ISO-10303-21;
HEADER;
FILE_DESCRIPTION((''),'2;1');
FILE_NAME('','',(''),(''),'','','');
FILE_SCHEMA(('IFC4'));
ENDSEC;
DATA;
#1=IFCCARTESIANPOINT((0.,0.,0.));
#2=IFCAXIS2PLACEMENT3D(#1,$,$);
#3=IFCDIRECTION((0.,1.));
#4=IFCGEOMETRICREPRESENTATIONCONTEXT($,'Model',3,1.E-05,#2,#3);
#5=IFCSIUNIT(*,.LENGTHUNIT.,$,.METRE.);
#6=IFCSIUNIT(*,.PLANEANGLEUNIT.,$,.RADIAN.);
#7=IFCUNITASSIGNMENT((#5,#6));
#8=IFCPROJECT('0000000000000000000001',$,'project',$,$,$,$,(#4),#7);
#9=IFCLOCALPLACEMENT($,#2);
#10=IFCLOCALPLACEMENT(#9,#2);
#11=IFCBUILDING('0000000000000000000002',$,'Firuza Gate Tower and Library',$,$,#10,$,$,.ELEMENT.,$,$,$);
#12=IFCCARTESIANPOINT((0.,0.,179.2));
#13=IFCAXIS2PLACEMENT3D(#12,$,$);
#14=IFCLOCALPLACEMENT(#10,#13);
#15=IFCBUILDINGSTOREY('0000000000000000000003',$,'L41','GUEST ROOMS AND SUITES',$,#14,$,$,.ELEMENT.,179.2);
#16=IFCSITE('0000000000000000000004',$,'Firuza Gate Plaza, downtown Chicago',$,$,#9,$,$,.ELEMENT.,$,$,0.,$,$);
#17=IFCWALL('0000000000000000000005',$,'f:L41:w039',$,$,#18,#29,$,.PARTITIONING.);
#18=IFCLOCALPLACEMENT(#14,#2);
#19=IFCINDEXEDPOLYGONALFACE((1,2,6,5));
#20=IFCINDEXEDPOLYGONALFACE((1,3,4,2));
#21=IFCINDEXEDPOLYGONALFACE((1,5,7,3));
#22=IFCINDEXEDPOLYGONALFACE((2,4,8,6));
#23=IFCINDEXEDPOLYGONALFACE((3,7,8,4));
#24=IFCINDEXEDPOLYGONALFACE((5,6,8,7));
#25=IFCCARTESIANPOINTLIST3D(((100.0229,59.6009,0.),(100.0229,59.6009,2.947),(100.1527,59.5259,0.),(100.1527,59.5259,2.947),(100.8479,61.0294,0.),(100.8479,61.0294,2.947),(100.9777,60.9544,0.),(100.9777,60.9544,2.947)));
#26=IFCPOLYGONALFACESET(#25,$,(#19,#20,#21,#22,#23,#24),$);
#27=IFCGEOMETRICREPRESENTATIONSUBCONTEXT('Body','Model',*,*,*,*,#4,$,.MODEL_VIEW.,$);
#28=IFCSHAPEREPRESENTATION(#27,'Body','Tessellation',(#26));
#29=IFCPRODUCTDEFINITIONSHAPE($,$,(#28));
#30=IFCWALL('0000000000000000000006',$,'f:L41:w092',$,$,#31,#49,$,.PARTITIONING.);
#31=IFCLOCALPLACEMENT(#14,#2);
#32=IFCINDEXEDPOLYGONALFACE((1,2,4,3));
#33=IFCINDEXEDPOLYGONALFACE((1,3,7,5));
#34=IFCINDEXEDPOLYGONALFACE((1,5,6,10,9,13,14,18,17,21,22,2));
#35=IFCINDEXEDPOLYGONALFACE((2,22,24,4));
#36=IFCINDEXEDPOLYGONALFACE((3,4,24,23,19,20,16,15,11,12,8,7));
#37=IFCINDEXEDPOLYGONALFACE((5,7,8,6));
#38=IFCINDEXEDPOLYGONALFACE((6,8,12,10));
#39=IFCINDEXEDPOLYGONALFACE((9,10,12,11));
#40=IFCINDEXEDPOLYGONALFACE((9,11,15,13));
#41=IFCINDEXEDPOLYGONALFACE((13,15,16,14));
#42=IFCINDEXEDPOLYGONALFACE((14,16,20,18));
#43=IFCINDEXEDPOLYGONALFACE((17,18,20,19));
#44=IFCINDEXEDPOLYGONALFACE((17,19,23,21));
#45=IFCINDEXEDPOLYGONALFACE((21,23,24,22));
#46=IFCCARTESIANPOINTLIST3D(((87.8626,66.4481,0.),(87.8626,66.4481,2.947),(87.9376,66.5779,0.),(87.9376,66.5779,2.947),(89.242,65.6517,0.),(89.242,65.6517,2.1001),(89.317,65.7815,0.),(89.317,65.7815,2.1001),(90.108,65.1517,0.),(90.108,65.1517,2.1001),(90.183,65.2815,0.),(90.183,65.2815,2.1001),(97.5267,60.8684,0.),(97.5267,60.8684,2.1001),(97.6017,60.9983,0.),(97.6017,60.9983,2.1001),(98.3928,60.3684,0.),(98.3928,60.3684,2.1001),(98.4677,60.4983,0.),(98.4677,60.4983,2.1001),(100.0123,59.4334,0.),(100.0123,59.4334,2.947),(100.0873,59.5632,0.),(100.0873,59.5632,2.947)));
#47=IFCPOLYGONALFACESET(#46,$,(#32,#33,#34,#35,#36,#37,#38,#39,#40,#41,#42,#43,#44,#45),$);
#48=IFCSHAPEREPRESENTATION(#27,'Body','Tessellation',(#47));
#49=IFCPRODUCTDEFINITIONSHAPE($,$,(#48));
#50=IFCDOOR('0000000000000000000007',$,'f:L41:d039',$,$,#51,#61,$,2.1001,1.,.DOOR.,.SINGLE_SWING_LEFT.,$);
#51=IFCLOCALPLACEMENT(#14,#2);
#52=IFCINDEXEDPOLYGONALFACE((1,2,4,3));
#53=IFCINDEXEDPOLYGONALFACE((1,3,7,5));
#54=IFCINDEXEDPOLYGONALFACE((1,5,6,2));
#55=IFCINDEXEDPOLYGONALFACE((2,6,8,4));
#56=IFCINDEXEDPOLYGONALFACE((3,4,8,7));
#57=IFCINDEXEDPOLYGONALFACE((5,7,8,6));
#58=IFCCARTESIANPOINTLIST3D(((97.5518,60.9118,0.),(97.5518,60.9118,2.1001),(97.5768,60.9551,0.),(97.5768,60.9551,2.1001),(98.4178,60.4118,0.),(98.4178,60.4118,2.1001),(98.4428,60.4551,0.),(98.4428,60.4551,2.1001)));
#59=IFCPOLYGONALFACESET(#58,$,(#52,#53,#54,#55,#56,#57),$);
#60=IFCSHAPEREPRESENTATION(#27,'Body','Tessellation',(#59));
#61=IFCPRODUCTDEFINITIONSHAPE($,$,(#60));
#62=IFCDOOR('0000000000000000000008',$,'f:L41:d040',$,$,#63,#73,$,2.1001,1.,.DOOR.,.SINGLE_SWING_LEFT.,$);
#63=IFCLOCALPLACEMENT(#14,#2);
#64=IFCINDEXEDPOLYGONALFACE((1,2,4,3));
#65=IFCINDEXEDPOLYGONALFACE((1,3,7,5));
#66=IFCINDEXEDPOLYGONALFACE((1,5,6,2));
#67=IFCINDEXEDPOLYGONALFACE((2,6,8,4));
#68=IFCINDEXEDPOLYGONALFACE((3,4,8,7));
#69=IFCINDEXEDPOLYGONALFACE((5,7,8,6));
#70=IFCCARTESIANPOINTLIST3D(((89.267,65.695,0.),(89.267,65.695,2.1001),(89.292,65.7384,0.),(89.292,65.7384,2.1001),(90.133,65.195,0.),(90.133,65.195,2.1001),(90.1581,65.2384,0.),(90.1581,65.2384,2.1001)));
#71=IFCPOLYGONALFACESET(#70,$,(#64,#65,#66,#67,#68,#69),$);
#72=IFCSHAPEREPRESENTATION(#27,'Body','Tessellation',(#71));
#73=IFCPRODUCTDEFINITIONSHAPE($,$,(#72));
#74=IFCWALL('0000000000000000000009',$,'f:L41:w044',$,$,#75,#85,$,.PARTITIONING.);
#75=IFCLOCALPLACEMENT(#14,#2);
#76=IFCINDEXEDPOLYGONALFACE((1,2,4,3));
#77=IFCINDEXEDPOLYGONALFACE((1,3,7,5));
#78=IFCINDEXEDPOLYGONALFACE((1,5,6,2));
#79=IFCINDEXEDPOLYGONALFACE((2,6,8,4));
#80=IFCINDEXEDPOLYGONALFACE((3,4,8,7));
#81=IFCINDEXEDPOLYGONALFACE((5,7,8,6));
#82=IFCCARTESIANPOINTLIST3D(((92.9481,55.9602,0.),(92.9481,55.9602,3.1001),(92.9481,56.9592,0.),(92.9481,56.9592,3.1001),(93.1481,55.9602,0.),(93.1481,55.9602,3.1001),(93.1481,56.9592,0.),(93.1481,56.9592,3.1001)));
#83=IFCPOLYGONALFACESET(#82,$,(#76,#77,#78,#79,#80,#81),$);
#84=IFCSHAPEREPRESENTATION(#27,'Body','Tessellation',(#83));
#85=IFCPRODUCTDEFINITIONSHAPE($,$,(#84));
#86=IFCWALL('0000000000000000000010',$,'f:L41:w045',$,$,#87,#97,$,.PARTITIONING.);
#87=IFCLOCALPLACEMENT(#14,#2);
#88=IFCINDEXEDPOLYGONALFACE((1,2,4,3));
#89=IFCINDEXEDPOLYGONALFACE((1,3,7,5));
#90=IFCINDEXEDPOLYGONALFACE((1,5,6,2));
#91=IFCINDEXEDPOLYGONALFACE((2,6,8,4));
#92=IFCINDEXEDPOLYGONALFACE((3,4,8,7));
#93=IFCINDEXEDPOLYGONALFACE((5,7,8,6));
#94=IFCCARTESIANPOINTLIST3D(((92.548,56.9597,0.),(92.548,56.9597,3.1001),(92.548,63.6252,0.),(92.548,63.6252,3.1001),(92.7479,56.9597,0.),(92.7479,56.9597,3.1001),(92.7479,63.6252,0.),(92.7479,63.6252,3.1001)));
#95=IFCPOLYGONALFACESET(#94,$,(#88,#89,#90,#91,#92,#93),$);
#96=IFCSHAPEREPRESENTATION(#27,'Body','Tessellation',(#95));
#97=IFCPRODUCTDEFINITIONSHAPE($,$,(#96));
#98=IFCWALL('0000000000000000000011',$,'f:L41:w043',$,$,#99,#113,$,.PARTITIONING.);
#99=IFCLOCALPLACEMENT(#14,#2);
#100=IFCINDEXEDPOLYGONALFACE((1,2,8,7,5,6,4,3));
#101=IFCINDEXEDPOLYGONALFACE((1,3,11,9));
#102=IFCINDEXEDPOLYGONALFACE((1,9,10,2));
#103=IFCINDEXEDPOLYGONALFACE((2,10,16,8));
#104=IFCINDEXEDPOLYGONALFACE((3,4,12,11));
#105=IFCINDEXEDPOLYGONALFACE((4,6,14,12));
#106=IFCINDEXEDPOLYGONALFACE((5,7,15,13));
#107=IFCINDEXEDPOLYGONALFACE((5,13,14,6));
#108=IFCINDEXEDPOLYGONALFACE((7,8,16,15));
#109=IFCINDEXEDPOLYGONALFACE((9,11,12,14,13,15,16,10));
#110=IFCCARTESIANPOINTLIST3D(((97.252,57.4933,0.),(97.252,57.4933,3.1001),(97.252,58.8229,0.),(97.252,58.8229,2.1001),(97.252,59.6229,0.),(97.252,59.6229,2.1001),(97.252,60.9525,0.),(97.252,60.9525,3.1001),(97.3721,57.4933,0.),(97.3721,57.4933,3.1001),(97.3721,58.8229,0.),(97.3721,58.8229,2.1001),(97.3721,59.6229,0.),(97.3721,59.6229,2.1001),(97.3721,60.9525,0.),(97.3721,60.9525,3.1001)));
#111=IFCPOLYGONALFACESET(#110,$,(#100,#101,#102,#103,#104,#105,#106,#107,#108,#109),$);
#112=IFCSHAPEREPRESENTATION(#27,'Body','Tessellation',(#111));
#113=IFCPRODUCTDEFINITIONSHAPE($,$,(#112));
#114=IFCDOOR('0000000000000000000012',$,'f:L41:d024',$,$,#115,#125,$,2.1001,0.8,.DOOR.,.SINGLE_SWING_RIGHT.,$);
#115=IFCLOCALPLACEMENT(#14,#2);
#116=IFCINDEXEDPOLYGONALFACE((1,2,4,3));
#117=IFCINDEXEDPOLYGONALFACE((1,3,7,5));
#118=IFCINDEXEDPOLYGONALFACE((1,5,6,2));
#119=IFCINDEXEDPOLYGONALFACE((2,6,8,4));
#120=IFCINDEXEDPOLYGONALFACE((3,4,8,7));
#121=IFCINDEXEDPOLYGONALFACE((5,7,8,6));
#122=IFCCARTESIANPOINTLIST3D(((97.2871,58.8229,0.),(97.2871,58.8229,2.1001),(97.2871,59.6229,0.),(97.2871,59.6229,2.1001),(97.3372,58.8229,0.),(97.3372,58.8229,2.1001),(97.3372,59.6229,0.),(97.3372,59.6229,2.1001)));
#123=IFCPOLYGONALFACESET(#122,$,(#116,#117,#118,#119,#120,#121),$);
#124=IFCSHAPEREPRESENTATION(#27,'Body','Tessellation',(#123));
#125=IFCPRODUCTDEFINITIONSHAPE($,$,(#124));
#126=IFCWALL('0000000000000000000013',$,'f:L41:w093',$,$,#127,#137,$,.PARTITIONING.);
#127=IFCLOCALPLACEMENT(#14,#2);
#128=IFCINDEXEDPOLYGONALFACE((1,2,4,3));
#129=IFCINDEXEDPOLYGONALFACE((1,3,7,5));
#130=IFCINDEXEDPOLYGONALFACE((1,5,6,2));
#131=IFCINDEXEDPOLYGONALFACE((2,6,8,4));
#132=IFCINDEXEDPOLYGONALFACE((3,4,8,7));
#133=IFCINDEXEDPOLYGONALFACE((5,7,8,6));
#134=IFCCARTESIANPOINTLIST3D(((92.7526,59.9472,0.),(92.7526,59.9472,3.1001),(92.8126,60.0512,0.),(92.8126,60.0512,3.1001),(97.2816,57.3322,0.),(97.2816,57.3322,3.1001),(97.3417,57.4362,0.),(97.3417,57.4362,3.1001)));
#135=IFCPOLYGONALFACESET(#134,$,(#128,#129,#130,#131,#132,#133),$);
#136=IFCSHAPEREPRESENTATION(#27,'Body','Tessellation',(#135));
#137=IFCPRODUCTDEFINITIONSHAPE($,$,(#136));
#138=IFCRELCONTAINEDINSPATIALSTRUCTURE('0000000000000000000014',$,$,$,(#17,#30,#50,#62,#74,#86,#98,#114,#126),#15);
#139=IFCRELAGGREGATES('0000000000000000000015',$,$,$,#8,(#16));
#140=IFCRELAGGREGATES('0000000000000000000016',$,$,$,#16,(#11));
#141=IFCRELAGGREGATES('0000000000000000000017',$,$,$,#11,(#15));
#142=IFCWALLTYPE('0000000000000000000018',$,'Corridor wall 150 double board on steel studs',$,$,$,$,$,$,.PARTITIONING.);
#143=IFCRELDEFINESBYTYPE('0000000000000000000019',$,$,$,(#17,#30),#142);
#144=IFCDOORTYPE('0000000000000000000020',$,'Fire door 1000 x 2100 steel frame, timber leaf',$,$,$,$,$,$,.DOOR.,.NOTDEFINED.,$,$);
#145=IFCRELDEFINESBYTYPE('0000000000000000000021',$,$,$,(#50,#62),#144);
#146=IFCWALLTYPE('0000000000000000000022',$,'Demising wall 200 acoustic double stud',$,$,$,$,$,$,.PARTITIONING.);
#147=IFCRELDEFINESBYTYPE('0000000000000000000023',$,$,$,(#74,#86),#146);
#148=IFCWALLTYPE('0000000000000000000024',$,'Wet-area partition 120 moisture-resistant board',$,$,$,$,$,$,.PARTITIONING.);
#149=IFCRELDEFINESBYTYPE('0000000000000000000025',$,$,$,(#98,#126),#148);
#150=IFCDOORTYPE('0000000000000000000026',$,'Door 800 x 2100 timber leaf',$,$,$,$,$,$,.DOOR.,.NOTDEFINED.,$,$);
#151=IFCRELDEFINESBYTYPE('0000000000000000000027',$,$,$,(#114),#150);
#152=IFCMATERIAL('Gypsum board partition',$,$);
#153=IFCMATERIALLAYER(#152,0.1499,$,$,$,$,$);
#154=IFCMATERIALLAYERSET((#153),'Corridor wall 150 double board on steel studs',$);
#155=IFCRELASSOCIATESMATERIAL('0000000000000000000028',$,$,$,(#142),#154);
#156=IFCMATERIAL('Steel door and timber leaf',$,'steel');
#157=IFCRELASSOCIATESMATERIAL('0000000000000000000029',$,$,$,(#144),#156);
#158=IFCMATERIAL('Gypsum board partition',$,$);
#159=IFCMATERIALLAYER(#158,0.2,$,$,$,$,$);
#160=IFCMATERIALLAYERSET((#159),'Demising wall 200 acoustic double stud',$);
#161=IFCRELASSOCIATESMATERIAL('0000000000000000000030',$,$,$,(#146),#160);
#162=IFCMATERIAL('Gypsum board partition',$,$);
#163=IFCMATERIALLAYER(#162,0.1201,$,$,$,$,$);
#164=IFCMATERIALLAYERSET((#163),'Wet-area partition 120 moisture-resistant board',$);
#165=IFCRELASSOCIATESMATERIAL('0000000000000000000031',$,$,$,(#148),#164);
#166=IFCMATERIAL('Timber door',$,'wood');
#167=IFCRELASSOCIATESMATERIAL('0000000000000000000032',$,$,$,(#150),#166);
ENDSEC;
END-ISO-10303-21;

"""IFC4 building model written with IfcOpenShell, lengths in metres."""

from ifc_helpers import new_model, si_unit, direction, frame, frame_2d, origin, place, context, subcontext, project, spatial, rectangle, extrude, material, layer, layer_set, type_object, element, fill, save


model = new_model("IFC4")

# Units and contexts
model_context = context("Model", 3, precision=1e-05, world=origin(), true_north=direction((0.0, 1.0)))
body_context = subcontext(model_context, "Body", "Model", "MODEL_VIEW")
ifc_project = project(units=[si_unit("LENGTHUNIT", "METRE"), si_unit("PLANEANGLEUNIT", "RADIAN")], contexts=[model_context])

# Site, building, storey
site_placement = place(None, origin())
site = spatial("IfcSite", under=ifc_project, at=site_placement, Name="Firuza Gate Plaza, downtown Chicago", CompositionType="ELEMENT", RefElevation=0.0)
building_placement = place(site_placement, origin())
building = spatial("IfcBuilding", under=site, at=building_placement, Name="Firuza Gate Tower and Library", CompositionType="ELEMENT")
storey_placement = place(building_placement, frame((0.0, 0.0, 179.2)))
storey = spatial("IfcBuildingStorey", under=building, at=storey_placement, Name="L41", Description="GUEST ROOMS AND SUITES", CompositionType="ELEMENT", Elevation=179.2)

# Wall
ifc_material_1 = material(Name="Gypsum board partition")
ifc_layer_1 = layer(ifc_material_1, 0.1499)
ifc_layer_set_1 = layer_set([ifc_layer_1], Name="Corridor wall 150 double board on steel studs")
wall_type_1 = type_object("IfcWallType", Name="Corridor wall 150 double board on steel studs", PredefinedType="PARTITIONING", material=ifc_layer_set_1)
wall_1_placement = place(storey_placement, frame((100.0879, 59.5635, 0.0), z_axis=(0.0, 0.0, 1.0), x_axis=(0.500103, 0.865966, 0.0)))
element("IfcWall", 1, at=wall_1_placement, inside=storey, type_object=wall_type_1, Name="f:L41:w039", PredefinedType="PARTITIONING", context=body_context, shape_type="SweptSolid", body=[
    extrude(rectangle(XDim=1.6497, YDim=0.1499, at=frame_2d((0.8247, 0.0))), origin(), (0.0, 0.0, 1.0), 2.947),
])

# Wall, openings, doors
wall_2_placement = place(storey_placement, frame((100.0498, 59.4983, 0.0), z_axis=(0.0, 0.0, 1.0), x_axis=(-0.866024, 0.500002, 0.0)))
wall_2 = element("IfcWall", 2, at=wall_2_placement, inside=storey, type_object=wall_type_1, Name="f:L41:w092", PredefinedType="PARTITIONING", context=body_context, shape_type="SweptSolid", body=[
    extrude(rectangle(XDim=14.0293, YDim=0.1499, at=frame_2d((7.0146, 0.0))), origin(), (0.0, 0.0, 1.0), 2.947),
])
opening_1_placement = place(wall_2_placement, frame((1.8701, 0.0, 0.0)))
opening_1 = element("IfcOpeningElement", 3, at=opening_1_placement, cuts=wall_2, PredefinedType="OPENING", context=body_context, shape_type="SweptSolid", body=[
    extrude(rectangle(XDim=1.0, YDim=2.1001, at=frame_2d((0.5, 1.05))), frame((0.0, 0.085, 0.0), z_axis=(0.0, -1.0, 0.0), x_axis=(1.0, 0.0, 0.0)), (0.0, 0.0, 1.0), 0.1699),
])
opening_2_placement = place(wall_2_placement, frame((11.4365, 0.0, 0.0)))
opening_2 = element("IfcOpeningElement", 4, at=opening_2_placement, cuts=wall_2, PredefinedType="OPENING", context=body_context, shape_type="SweptSolid", body=[
    extrude(rectangle(XDim=1.0, YDim=2.1001, at=frame_2d((0.5, 1.05))), frame((0.0, 0.085, 0.0), z_axis=(0.0, -1.0, 0.0), x_axis=(1.0, 0.0, 0.0)), (0.0, 0.0, 1.0), 0.1699),
])
ifc_material_2 = material(Name="Steel door and timber leaf", Category="steel")
door_type_1 = type_object("IfcDoorType", Name="Fire door 1000 x 2100 steel frame, timber leaf", OperationType="NOTDEFINED", PredefinedType="DOOR", material=ifc_material_2)
door_1_placement = place(opening_1_placement, origin())
door_1 = element("IfcDoor", 5, at=door_1_placement, inside=storey, type_object=door_type_1, Name="f:L41:d039", OperationType="SINGLE_SWING_LEFT", OverallHeight=2.1001, OverallWidth=1.0, PredefinedType="DOOR", context=body_context, shape_type="SweptSolid", body=[
    extrude(rectangle(XDim=1.0, YDim=2.1001, at=frame_2d((0.5, 1.05))), frame((0.0, 0.0249, 0.0), z_axis=(0.0, -1.0, 0.0), x_axis=(1.0, 0.0, 0.0)), (0.0, 0.0, 1.0), 0.05),
])
fill(opening_1, door_1)
door_2_placement = place(opening_2_placement, origin())
door_2 = element("IfcDoor", 6, at=door_2_placement, inside=storey, type_object=door_type_1, Name="f:L41:d040", OperationType="SINGLE_SWING_LEFT", OverallHeight=2.1001, OverallWidth=1.0, PredefinedType="DOOR", context=body_context, shape_type="SweptSolid", body=[
    extrude(rectangle(XDim=1.0, YDim=2.1001, at=frame_2d((0.5, 1.05))), frame((0.0, 0.0249, 0.0), z_axis=(0.0, -1.0, 0.0), x_axis=(1.0, 0.0, 0.0)), (0.0, 0.0, 1.0), 0.05),
])
fill(opening_2, door_2)

# Walls
ifc_material_3 = material(Name="Gypsum board partition")
ifc_layer_2 = layer(ifc_material_3, 0.2)
ifc_layer_set_2 = layer_set([ifc_layer_2], Name="Demising wall 200 acoustic double stud")
wall_type_2 = type_object("IfcWallType", Name="Demising wall 200 acoustic double stud", PredefinedType="PARTITIONING", material=ifc_layer_set_2)
wall_3_placement = place(storey_placement, frame((93.0481, 55.9602, 0.0), z_axis=(0.0, 0.0, 1.0), x_axis=(0.0, 1.0, 0.0)))
element("IfcWall", 7, at=wall_3_placement, inside=storey, type_object=wall_type_2, Name="f:L41:w044", PredefinedType="PARTITIONING", context=body_context, shape_type="SweptSolid", body=[
    extrude(rectangle(XDim=0.999, YDim=0.2, at=frame_2d((0.4995, 0.0))), origin(), (0.0, 0.0, 1.0), 3.1001),
])
wall_4_placement = place(storey_placement, frame((92.6479, 56.9597, 0.0), z_axis=(0.0, 0.0, 1.0), x_axis=(0.0, 1.0, 0.0)))
element("IfcWall", 8, at=wall_4_placement, inside=storey, type_object=wall_type_2, Name="f:L41:w045", PredefinedType="PARTITIONING", context=body_context, shape_type="SweptSolid", body=[
    extrude(rectangle(XDim=6.6655, YDim=0.2, at=frame_2d((3.3328, 0.0))), origin(), (0.0, 0.0, 1.0), 3.1001),
])

# Wall, opening, door
ifc_material_4 = material(Name="Gypsum board partition")
ifc_layer_3 = layer(ifc_material_4, 0.1201)
ifc_layer_set_3 = layer_set([ifc_layer_3], Name="Wet-area partition 120 moisture-resistant board")
wall_type_3 = type_object("IfcWallType", Name="Wet-area partition 120 moisture-resistant board", PredefinedType="PARTITIONING", material=ifc_layer_set_3)
wall_5_placement = place(storey_placement, frame((97.312, 57.4934, 0.0), z_axis=(0.0, 0.0, 1.0), x_axis=(0.0, 1.0, 0.0)))
wall_5 = element("IfcWall", 9, at=wall_5_placement, inside=storey, type_object=wall_type_3, Name="f:L41:w043", PredefinedType="PARTITIONING", context=body_context, shape_type="SweptSolid", body=[
    extrude(rectangle(XDim=3.4592, YDim=0.1201, at=frame_2d((1.7295, 0.0))), origin(), (0.0, 0.0, 1.0), 3.1001),
])
opening_3_placement = place(wall_5_placement, frame((1.3296, 0.0, 0.0)))
opening_3 = element("IfcOpeningElement", 10, at=opening_3_placement, cuts=wall_5, PredefinedType="OPENING", context=body_context, shape_type="SweptSolid", body=[
    extrude(rectangle(XDim=0.8, YDim=2.1001, at=frame_2d((0.3999, 1.05))), frame((0.0, 0.0701, 0.0), z_axis=(0.0, -1.0, 0.0), x_axis=(1.0, 0.0, 0.0)), (0.0, 0.0, 1.0), 0.1401),
])
ifc_material_5 = material(Name="Timber door", Category="wood")
door_type_2 = type_object("IfcDoorType", Name="Door 800 x 2100 timber leaf", OperationType="NOTDEFINED", PredefinedType="DOOR", material=ifc_material_5)
door_3_placement = place(opening_3_placement, origin())
door_3 = element("IfcDoor", 11, at=door_3_placement, inside=storey, type_object=door_type_2, Name="f:L41:d024", OperationType="SINGLE_SWING_RIGHT", OverallHeight=2.1001, OverallWidth=0.8, PredefinedType="DOOR", context=body_context, shape_type="SweptSolid", body=[
    extrude(rectangle(XDim=0.8, YDim=2.1001, at=frame_2d((0.3999, 1.05))), frame((0.0, 0.0249, 0.0), z_axis=(0.0, -1.0, 0.0), x_axis=(1.0, 0.0, 0.0)), (0.0, 0.0, 1.0), 0.05),
])
fill(opening_3, door_3)

# Wall
wall_6_placement = place(storey_placement, frame((97.3115, 57.3843, 0.0), z_axis=(0.0, 0.0, 1.0), x_axis=(-0.866014, 0.50002, 0.0)))
element("IfcWall", 12, at=wall_6_placement, inside=storey, type_object=wall_type_3, Name="f:L41:w093", PredefinedType="PARTITIONING", context=body_context, shape_type="SweptSolid", body=[
    extrude(rectangle(XDim=5.2297, YDim=0.1201, at=frame_2d((2.6147, 0.0))), origin(), (0.0, 0.0, 1.0), 3.1001),
])

save(model, "model.ifc")
